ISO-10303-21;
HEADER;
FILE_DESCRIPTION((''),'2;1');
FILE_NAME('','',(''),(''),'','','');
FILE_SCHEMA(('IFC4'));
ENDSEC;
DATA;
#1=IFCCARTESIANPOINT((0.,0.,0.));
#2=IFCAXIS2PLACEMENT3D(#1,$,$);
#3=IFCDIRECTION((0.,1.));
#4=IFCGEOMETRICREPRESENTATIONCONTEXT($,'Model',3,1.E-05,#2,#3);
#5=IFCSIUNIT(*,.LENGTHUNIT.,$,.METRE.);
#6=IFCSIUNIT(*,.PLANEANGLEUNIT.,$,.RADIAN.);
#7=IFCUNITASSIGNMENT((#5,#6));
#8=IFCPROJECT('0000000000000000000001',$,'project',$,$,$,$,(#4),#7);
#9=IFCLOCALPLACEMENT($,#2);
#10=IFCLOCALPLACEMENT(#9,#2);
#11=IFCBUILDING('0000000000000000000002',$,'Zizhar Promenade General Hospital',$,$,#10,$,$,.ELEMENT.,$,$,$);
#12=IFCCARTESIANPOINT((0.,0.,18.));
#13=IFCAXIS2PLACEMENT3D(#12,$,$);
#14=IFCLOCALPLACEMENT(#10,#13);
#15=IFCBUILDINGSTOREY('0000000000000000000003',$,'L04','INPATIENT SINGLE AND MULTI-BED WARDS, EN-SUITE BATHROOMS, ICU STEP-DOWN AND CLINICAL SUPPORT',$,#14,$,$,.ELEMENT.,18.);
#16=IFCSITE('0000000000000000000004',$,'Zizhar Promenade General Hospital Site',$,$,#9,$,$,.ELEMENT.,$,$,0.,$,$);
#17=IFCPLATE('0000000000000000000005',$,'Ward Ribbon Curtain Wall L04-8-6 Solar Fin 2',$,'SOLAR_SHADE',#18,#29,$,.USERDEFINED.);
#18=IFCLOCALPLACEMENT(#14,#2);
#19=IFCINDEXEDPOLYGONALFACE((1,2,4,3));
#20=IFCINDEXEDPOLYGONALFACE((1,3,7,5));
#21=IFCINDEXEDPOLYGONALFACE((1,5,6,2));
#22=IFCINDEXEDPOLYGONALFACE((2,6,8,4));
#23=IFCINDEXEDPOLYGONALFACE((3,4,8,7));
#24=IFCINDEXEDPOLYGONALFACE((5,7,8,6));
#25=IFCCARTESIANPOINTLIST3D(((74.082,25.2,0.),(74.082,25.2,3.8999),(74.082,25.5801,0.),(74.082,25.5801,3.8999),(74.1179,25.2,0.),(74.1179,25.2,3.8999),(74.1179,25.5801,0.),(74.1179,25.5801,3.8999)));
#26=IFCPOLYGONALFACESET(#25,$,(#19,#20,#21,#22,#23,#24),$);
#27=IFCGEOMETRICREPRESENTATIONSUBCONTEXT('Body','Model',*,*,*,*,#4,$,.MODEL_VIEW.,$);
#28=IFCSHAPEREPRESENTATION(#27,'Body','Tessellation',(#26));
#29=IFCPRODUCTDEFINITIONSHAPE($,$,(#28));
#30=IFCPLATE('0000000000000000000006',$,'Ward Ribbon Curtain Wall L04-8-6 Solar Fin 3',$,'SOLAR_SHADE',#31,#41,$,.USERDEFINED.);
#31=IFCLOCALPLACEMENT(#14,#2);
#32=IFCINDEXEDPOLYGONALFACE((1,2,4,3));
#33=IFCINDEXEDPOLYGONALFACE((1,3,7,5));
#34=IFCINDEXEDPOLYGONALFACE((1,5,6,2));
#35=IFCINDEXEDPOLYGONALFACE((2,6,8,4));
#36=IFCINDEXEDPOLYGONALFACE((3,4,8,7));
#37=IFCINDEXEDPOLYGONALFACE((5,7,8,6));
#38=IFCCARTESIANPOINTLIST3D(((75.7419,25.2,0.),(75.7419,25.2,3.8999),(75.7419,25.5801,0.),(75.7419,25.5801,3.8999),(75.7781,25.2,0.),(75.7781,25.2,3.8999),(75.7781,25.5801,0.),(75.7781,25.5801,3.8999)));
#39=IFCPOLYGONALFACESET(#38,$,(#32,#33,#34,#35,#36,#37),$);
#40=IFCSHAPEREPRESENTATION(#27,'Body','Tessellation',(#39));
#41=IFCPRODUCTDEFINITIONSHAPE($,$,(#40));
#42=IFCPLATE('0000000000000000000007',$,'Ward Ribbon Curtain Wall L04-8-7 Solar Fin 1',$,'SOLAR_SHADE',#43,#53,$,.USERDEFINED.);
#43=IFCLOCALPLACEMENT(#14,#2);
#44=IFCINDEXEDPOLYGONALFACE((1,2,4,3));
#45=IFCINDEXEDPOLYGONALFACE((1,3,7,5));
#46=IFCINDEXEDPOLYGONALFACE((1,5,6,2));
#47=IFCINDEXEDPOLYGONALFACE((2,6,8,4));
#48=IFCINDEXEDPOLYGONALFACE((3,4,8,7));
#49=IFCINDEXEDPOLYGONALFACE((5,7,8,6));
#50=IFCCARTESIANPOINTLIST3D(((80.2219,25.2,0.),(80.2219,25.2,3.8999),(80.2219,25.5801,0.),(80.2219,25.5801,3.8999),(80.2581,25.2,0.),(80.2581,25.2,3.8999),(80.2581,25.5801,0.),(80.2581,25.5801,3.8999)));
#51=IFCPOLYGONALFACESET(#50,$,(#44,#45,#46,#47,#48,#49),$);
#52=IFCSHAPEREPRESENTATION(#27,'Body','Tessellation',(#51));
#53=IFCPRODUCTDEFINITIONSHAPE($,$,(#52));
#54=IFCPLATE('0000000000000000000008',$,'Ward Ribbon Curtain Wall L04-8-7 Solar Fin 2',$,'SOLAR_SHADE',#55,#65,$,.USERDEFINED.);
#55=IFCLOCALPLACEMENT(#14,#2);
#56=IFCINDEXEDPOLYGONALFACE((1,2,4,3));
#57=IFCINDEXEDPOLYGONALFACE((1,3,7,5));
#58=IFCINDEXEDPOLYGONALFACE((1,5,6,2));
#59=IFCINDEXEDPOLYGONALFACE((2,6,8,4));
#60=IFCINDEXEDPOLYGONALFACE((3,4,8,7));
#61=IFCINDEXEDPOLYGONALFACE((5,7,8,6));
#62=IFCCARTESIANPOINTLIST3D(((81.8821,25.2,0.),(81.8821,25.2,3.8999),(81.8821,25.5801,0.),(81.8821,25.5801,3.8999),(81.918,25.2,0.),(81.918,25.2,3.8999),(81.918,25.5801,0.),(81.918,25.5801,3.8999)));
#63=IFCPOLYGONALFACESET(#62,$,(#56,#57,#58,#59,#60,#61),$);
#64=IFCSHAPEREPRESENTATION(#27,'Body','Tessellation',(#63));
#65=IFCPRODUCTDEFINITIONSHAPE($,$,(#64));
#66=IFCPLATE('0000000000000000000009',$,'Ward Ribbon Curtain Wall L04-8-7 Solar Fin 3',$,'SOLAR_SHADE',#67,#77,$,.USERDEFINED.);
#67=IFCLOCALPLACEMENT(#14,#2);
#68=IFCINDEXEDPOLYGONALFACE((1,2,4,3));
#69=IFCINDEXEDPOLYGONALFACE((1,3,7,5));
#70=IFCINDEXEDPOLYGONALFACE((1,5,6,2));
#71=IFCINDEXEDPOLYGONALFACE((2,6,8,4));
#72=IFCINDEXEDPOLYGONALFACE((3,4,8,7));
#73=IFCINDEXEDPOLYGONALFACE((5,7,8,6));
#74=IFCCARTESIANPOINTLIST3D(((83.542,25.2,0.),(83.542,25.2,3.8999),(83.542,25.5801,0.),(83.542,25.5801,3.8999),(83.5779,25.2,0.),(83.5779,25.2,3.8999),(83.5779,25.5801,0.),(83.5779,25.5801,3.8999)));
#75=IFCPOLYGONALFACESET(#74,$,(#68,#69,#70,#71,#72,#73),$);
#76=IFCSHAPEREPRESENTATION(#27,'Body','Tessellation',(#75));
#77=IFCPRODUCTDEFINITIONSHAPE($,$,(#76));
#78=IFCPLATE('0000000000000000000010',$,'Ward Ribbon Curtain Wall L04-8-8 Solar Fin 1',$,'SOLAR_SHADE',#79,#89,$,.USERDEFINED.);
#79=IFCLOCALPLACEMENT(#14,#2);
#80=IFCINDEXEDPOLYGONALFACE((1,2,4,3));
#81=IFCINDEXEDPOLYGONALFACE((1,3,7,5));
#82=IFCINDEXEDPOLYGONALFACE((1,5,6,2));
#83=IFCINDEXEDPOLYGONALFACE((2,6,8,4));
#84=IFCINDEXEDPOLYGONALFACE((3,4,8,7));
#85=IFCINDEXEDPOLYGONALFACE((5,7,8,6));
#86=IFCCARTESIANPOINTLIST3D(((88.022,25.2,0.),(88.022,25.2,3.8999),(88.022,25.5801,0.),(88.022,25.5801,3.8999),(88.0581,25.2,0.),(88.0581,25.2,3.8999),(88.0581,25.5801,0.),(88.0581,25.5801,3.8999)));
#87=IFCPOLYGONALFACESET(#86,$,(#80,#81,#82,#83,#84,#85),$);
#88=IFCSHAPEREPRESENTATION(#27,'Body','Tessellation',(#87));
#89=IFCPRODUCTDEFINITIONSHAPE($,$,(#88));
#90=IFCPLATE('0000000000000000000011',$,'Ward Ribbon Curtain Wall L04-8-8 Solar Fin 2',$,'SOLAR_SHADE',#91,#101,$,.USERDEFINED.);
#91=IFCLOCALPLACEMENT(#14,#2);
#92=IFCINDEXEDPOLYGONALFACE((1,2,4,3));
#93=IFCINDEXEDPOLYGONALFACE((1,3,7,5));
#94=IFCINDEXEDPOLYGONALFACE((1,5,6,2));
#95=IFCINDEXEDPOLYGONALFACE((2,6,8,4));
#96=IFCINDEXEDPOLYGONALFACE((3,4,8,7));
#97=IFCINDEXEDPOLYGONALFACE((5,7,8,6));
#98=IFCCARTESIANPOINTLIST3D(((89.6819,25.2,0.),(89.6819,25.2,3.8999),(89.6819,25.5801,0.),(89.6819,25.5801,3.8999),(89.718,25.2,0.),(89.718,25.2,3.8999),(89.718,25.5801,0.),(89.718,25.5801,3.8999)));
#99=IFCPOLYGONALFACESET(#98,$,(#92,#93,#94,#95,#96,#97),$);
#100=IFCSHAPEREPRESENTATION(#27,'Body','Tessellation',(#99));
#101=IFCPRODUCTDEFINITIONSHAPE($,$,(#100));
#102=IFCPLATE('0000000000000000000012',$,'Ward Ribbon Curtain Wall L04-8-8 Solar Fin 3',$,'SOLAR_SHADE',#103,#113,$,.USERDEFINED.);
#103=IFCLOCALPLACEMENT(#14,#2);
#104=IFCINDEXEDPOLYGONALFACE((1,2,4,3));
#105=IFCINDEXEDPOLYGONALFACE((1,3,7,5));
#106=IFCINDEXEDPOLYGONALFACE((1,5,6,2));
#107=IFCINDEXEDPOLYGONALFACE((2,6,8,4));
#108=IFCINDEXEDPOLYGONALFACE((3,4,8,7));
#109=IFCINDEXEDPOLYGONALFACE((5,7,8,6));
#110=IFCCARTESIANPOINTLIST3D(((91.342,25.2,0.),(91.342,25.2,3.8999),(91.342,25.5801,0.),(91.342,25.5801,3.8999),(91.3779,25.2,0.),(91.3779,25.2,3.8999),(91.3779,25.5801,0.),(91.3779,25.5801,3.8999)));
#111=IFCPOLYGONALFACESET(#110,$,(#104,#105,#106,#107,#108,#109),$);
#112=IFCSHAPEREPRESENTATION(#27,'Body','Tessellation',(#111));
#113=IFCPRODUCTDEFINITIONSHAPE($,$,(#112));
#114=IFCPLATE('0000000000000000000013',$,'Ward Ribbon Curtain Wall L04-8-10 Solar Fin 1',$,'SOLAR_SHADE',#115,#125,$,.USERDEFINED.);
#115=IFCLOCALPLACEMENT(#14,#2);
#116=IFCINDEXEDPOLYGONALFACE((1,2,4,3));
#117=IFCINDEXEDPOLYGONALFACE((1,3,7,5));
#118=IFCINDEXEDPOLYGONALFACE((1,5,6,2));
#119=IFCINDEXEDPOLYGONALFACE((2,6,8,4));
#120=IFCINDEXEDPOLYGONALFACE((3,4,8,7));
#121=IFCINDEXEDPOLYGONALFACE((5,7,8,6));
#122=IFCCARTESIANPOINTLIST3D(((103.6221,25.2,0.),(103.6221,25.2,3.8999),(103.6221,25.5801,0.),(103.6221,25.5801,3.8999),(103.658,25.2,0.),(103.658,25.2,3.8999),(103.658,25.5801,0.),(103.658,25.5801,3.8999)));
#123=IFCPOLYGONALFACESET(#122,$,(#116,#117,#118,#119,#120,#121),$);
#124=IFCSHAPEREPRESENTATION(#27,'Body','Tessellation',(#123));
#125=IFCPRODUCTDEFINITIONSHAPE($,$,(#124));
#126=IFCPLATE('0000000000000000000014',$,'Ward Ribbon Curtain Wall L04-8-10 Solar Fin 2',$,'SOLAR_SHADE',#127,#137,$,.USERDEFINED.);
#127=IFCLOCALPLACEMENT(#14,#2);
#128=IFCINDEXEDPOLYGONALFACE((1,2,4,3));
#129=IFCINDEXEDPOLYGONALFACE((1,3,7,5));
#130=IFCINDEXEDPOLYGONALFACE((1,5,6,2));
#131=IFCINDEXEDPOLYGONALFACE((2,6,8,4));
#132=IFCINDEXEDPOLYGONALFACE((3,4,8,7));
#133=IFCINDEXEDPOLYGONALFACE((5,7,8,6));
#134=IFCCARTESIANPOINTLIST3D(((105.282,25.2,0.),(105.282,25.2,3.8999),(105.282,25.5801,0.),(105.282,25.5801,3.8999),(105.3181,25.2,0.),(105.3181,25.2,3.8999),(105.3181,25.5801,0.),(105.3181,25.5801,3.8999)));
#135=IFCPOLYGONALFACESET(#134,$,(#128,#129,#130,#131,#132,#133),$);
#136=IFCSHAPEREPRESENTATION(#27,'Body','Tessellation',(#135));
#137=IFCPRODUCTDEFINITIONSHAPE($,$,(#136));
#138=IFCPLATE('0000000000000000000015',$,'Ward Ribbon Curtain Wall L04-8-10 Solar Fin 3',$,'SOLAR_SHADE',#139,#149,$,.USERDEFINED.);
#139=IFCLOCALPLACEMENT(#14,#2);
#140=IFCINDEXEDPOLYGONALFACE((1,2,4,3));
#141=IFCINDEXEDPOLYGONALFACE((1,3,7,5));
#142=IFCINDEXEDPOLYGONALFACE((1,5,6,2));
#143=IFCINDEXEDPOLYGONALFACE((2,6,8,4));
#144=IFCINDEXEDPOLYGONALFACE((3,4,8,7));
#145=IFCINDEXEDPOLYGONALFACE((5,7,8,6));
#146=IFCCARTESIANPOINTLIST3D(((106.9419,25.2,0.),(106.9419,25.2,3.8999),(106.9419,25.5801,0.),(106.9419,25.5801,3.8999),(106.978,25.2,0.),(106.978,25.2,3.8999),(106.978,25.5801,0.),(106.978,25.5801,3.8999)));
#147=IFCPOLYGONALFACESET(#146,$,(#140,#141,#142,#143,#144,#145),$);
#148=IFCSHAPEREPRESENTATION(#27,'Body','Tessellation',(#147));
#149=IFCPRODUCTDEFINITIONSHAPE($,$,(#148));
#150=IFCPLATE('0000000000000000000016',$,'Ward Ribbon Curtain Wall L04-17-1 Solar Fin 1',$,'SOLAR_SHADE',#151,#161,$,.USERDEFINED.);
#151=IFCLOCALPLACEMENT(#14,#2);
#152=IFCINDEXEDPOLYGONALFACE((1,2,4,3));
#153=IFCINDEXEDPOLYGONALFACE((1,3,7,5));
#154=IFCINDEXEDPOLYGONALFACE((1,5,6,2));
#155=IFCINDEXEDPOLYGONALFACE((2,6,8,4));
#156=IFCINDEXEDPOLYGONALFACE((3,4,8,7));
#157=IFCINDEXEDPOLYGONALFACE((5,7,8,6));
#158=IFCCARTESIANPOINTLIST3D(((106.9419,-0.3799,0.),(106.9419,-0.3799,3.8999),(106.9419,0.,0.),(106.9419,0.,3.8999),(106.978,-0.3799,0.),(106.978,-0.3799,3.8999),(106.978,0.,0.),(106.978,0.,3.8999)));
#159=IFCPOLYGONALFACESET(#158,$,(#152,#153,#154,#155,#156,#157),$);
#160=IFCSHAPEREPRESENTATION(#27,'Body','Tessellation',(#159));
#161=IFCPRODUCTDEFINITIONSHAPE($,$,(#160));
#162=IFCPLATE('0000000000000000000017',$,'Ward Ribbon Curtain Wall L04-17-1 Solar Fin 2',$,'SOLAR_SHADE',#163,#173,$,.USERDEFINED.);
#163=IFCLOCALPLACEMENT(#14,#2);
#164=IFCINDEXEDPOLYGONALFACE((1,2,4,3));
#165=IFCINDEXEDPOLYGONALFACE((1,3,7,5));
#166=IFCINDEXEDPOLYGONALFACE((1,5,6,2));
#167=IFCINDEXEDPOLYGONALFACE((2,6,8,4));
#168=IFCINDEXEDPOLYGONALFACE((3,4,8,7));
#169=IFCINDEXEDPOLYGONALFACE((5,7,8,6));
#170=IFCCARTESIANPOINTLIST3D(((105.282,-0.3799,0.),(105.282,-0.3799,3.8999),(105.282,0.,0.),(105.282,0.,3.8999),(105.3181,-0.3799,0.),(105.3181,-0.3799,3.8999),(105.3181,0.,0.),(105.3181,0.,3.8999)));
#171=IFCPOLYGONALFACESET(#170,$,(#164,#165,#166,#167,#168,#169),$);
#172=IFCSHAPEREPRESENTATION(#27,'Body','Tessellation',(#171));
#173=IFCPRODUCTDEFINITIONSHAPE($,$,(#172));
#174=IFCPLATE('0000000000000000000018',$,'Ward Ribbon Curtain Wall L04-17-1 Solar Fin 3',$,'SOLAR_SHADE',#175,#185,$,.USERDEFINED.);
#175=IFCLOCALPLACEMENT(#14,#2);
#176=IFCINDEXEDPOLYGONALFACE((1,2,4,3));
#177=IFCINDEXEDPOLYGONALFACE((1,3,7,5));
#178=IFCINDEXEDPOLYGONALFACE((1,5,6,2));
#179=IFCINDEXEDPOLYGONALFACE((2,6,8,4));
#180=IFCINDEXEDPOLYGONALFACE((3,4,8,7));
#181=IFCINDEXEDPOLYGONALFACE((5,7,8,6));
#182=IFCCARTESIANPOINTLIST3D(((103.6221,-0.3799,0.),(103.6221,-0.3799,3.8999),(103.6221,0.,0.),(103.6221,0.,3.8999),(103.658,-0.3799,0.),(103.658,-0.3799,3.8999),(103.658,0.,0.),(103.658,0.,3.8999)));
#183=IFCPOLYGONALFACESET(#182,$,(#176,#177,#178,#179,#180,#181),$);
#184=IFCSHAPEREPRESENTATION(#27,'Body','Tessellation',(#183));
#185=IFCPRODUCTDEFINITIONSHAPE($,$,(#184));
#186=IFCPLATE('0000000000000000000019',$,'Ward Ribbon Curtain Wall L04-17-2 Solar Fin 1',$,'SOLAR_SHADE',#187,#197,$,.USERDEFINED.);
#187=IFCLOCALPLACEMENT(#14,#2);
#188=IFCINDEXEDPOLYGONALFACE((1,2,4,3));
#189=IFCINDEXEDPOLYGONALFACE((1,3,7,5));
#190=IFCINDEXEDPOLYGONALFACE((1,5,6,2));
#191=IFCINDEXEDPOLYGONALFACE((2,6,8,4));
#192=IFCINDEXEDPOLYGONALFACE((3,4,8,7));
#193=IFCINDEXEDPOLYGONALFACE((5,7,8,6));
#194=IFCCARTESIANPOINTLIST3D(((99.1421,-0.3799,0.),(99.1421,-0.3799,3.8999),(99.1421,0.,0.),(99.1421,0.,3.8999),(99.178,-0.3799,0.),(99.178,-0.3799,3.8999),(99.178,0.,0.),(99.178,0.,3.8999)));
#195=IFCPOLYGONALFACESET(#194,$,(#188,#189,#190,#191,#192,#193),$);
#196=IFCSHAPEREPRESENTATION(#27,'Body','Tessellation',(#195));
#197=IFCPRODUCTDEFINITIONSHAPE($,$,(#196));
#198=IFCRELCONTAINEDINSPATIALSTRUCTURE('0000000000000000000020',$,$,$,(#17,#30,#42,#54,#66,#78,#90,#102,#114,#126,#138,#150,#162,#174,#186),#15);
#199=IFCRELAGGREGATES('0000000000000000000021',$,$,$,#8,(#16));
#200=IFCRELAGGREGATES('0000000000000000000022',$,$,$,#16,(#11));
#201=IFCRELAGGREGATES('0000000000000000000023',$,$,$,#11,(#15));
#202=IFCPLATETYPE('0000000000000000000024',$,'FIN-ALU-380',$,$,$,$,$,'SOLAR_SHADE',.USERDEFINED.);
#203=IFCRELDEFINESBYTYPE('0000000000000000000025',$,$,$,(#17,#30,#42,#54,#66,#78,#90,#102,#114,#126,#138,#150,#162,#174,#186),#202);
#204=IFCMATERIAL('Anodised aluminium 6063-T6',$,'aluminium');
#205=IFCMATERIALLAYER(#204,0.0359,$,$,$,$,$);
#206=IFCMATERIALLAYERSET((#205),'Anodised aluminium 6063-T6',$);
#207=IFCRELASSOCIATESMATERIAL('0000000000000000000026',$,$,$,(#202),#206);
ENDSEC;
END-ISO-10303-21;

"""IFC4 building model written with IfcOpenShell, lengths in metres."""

from ifc_helpers import new_model, si_unit, direction, frame, origin, place, context, subcontext, project, spatial, polyline, outline, extrude, material, layer, layer_set, type_object, element, save


model = new_model("IFC4")

# Units and contexts
model_context = context("Model", 3, precision=1e-05, world=origin(), true_north=direction((0.0, 1.0)))
body_context = subcontext(model_context, "Body", "Model", "MODEL_VIEW")
ifc_project = project(units=[si_unit("LENGTHUNIT", "METRE"), si_unit("PLANEANGLEUNIT", "RADIAN")], contexts=[model_context])

# Site, building, storey
site_placement = place(None, origin())
site = spatial("IfcSite", under=ifc_project, at=site_placement, Name="Zizhar Promenade General Hospital Site", CompositionType="ELEMENT", RefElevation=0.0)
building_placement = place(site_placement, origin())
building = spatial("IfcBuilding", under=site, at=building_placement, Name="Zizhar Promenade General Hospital", CompositionType="ELEMENT")
storey_placement = place(building_placement, frame((0.0, 0.0, 18.0)))
storey = spatial("IfcBuildingStorey", under=building, at=storey_placement, Name="L04", Description="INPATIENT SINGLE AND MULTI-BED WARDS, EN-SUITE BATHROOMS, ICU STEP-DOWN AND CLINICAL SUPPORT", CompositionType="ELEMENT", Elevation=18.0)

# Plates
ifc_material = material(Name="Anodised aluminium 6063-T6", Category="aluminium")
ifc_layer = layer(ifc_material, 0.0359)
ifc_layer_set = layer_set([ifc_layer], Name="Anodised aluminium 6063-T6")
plate_type = type_object("IfcPlateType", Name="FIN-ALU-380", ElementType="SOLAR_SHADE", PredefinedType="USERDEFINED", material=ifc_layer_set)
plate_1_placement = place(storey_placement, origin())
element("IfcPlate", 1, at=plate_1_placement, inside=storey, type_object=plate_type, Name="Ward Ribbon Curtain Wall L04-8-6 Solar Fin 2", ObjectType="SOLAR_SHADE", PredefinedType="USERDEFINED", context=body_context, shape_type="SweptSolid", body=[
    extrude(outline(polyline([(74.082, 25.2), (74.1179, 25.2), (74.1179, 25.5801), (74.082, 25.5801), (74.082, 25.2)])), origin(), (0.0, 0.0, 1.0), 3.8999),
])
plate_2_placement = place(storey_placement, origin())
element("IfcPlate", 2, at=plate_2_placement, inside=storey, type_object=plate_type, Name="Ward Ribbon Curtain Wall L04-8-6 Solar Fin 3", ObjectType="SOLAR_SHADE", PredefinedType="USERDEFINED", context=body_context, shape_type="SweptSolid", body=[
    extrude(outline(polyline([(75.7419, 25.2), (75.7781, 25.2), (75.7781, 25.5801), (75.7419, 25.5801), (75.7419, 25.2)])), origin(), (0.0, 0.0, 1.0), 3.8999),
])
plate_3_placement = place(storey_placement, origin())
element("IfcPlate", 3, at=plate_3_placement, inside=storey, type_object=plate_type, Name="Ward Ribbon Curtain Wall L04-8-7 Solar Fin 1", ObjectType="SOLAR_SHADE", PredefinedType="USERDEFINED", context=body_context, shape_type="SweptSolid", body=[
    extrude(outline(polyline([(80.2219, 25.2), (80.2581, 25.2), (80.2581, 25.5801), (80.2219, 25.5801), (80.2219, 25.2)])), origin(), (0.0, 0.0, 1.0), 3.8999),
])
plate_4_placement = place(storey_placement, origin())
element("IfcPlate", 4, at=plate_4_placement, inside=storey, type_object=plate_type, Name="Ward Ribbon Curtain Wall L04-8-7 Solar Fin 2", ObjectType="SOLAR_SHADE", PredefinedType="USERDEFINED", context=body_context, shape_type="SweptSolid", body=[
    extrude(outline(polyline([(81.8821, 25.2), (81.918, 25.2), (81.918, 25.5801), (81.8821, 25.5801), (81.8821, 25.2)])), origin(), (0.0, 0.0, 1.0), 3.8999),
])
plate_5_placement = place(storey_placement, origin())
element("IfcPlate", 5, at=plate_5_placement, inside=storey, type_object=plate_type, Name="Ward Ribbon Curtain Wall L04-8-7 Solar Fin 3", ObjectType="SOLAR_SHADE", PredefinedType="USERDEFINED", context=body_context, shape_type="SweptSolid", body=[
    extrude(outline(polyline([(83.542, 25.2), (83.5779, 25.2), (83.5779, 25.5801), (83.542, 25.5801), (83.542, 25.2)])), origin(), (0.0, 0.0, 1.0), 3.8999),
])
plate_6_placement = place(storey_placement, origin())
element("IfcPlate", 6, at=plate_6_placement, inside=storey, type_object=plate_type, Name="Ward Ribbon Curtain Wall L04-8-8 Solar Fin 1", ObjectType="SOLAR_SHADE", PredefinedType="USERDEFINED", context=body_context, shape_type="SweptSolid", body=[
    extrude(outline(polyline([(88.022, 25.2), (88.0581, 25.2), (88.0581, 25.5801), (88.022, 25.5801), (88.022, 25.2)])), origin(), (0.0, 0.0, 1.0), 3.8999),
])
plate_7_placement = place(storey_placement, origin())
element("IfcPlate", 7, at=plate_7_placement, inside=storey, type_object=plate_type, Name="Ward Ribbon Curtain Wall L04-8-8 Solar Fin 2", ObjectType="SOLAR_SHADE", PredefinedType="USERDEFINED", context=body_context, shape_type="SweptSolid", body=[
    extrude(outline(polyline([(89.6819, 25.2), (89.718, 25.2), (89.718, 25.5801), (89.6819, 25.5801), (89.6819, 25.2)])), origin(), (0.0, 0.0, 1.0), 3.8999),
])
plate_8_placement = place(storey_placement, origin())
element("IfcPlate", 8, at=plate_8_placement, inside=storey, type_object=plate_type, Name="Ward Ribbon Curtain Wall L04-8-8 Solar Fin 3", ObjectType="SOLAR_SHADE", PredefinedType="USERDEFINED", context=body_context, shape_type="SweptSolid", body=[
    extrude(outline(polyline([(91.342, 25.2), (91.3779, 25.2), (91.3779, 25.5801), (91.342, 25.5801), (91.342, 25.2)])), origin(), (0.0, 0.0, 1.0), 3.8999),
])
plate_9_placement = place(storey_placement, origin())
element("IfcPlate", 9, at=plate_9_placement, inside=storey, type_object=plate_type, Name="Ward Ribbon Curtain Wall L04-8-10 Solar Fin 1", ObjectType="SOLAR_SHADE", PredefinedType="USERDEFINED", context=body_context, shape_type="SweptSolid", body=[
    extrude(outline(polyline([(103.6221, 25.2), (103.658, 25.2), (103.658, 25.5801), (103.6221, 25.5801), (103.6221, 25.2)])), origin(), (0.0, 0.0, 1.0), 3.8999),
])
plate_10_placement = place(storey_placement, origin())
element("IfcPlate", 10, at=plate_10_placement, inside=storey, type_object=plate_type, Name="Ward Ribbon Curtain Wall L04-8-10 Solar Fin 2", ObjectType="SOLAR_SHADE", PredefinedType="USERDEFINED", context=body_context, shape_type="SweptSolid", body=[
    extrude(outline(polyline([(105.282, 25.2), (105.3181, 25.2), (105.3181, 25.5801), (105.282, 25.5801), (105.282, 25.2)])), origin(), (0.0, 0.0, 1.0), 3.8999),
])
plate_11_placement = place(storey_placement, origin())
element("IfcPlate", 11, at=plate_11_placement, inside=storey, type_object=plate_type, Name="Ward Ribbon Curtain Wall L04-8-10 Solar Fin 3", ObjectType="SOLAR_SHADE", PredefinedType="USERDEFINED", context=body_context, shape_type="SweptSolid", body=[
    extrude(outline(polyline([(106.9419, 25.2), (106.978, 25.2), (106.978, 25.5801), (106.9419, 25.5801), (106.9419, 25.2)])), origin(), (0.0, 0.0, 1.0), 3.8999),
])
plate_12_placement = place(storey_placement, origin())
element("IfcPlate", 12, at=plate_12_placement, inside=storey, type_object=plate_type, Name="Ward Ribbon Curtain Wall L04-17-1 Solar Fin 1", ObjectType="SOLAR_SHADE", PredefinedType="USERDEFINED", context=body_context, shape_type="SweptSolid", body=[
    extrude(outline(polyline([(106.978, 0.0), (106.9419, 0.0), (106.9419, -0.3799), (106.978, -0.3799), (106.978, 0.0)])), origin(), (0.0, 0.0, 1.0), 3.8999),
])
plate_13_placement = place(storey_placement, origin())
element("IfcPlate", 13, at=plate_13_placement, inside=storey, type_object=plate_type, Name="Ward Ribbon Curtain Wall L04-17-1 Solar Fin 2", ObjectType="SOLAR_SHADE", PredefinedType="USERDEFINED", context=body_context, shape_type="SweptSolid", body=[
    extrude(outline(polyline([(105.3181, 0.0), (105.282, 0.0), (105.282, -0.3799), (105.3181, -0.3799), (105.3181, 0.0)])), origin(), (0.0, 0.0, 1.0), 3.8999),
])
plate_14_placement = place(storey_placement, origin())
element("IfcPlate", 14, at=plate_14_placement, inside=storey, type_object=plate_type, Name="Ward Ribbon Curtain Wall L04-17-1 Solar Fin 3", ObjectType="SOLAR_SHADE", PredefinedType="USERDEFINED", context=body_context, shape_type="SweptSolid", body=[
    extrude(outline(polyline([(103.658, 0.0), (103.6221, 0.0), (103.6221, -0.3799), (103.658, -0.3799), (103.658, 0.0)])), origin(), (0.0, 0.0, 1.0), 3.8999),
])
plate_15_placement = place(storey_placement, origin())
element("IfcPlate", 15, at=plate_15_placement, inside=storey, type_object=plate_type, Name="Ward Ribbon Curtain Wall L04-17-2 Solar Fin 1", ObjectType="SOLAR_SHADE", PredefinedType="USERDEFINED", context=body_context, shape_type="SweptSolid", body=[
    extrude(outline(polyline([(99.178, 0.0), (99.1421, 0.0), (99.1421, -0.3799), (99.178, -0.3799), (99.178, 0.0)])), origin(), (0.0, 0.0, 1.0), 3.8999),
])

save(model, "model.ifc")
